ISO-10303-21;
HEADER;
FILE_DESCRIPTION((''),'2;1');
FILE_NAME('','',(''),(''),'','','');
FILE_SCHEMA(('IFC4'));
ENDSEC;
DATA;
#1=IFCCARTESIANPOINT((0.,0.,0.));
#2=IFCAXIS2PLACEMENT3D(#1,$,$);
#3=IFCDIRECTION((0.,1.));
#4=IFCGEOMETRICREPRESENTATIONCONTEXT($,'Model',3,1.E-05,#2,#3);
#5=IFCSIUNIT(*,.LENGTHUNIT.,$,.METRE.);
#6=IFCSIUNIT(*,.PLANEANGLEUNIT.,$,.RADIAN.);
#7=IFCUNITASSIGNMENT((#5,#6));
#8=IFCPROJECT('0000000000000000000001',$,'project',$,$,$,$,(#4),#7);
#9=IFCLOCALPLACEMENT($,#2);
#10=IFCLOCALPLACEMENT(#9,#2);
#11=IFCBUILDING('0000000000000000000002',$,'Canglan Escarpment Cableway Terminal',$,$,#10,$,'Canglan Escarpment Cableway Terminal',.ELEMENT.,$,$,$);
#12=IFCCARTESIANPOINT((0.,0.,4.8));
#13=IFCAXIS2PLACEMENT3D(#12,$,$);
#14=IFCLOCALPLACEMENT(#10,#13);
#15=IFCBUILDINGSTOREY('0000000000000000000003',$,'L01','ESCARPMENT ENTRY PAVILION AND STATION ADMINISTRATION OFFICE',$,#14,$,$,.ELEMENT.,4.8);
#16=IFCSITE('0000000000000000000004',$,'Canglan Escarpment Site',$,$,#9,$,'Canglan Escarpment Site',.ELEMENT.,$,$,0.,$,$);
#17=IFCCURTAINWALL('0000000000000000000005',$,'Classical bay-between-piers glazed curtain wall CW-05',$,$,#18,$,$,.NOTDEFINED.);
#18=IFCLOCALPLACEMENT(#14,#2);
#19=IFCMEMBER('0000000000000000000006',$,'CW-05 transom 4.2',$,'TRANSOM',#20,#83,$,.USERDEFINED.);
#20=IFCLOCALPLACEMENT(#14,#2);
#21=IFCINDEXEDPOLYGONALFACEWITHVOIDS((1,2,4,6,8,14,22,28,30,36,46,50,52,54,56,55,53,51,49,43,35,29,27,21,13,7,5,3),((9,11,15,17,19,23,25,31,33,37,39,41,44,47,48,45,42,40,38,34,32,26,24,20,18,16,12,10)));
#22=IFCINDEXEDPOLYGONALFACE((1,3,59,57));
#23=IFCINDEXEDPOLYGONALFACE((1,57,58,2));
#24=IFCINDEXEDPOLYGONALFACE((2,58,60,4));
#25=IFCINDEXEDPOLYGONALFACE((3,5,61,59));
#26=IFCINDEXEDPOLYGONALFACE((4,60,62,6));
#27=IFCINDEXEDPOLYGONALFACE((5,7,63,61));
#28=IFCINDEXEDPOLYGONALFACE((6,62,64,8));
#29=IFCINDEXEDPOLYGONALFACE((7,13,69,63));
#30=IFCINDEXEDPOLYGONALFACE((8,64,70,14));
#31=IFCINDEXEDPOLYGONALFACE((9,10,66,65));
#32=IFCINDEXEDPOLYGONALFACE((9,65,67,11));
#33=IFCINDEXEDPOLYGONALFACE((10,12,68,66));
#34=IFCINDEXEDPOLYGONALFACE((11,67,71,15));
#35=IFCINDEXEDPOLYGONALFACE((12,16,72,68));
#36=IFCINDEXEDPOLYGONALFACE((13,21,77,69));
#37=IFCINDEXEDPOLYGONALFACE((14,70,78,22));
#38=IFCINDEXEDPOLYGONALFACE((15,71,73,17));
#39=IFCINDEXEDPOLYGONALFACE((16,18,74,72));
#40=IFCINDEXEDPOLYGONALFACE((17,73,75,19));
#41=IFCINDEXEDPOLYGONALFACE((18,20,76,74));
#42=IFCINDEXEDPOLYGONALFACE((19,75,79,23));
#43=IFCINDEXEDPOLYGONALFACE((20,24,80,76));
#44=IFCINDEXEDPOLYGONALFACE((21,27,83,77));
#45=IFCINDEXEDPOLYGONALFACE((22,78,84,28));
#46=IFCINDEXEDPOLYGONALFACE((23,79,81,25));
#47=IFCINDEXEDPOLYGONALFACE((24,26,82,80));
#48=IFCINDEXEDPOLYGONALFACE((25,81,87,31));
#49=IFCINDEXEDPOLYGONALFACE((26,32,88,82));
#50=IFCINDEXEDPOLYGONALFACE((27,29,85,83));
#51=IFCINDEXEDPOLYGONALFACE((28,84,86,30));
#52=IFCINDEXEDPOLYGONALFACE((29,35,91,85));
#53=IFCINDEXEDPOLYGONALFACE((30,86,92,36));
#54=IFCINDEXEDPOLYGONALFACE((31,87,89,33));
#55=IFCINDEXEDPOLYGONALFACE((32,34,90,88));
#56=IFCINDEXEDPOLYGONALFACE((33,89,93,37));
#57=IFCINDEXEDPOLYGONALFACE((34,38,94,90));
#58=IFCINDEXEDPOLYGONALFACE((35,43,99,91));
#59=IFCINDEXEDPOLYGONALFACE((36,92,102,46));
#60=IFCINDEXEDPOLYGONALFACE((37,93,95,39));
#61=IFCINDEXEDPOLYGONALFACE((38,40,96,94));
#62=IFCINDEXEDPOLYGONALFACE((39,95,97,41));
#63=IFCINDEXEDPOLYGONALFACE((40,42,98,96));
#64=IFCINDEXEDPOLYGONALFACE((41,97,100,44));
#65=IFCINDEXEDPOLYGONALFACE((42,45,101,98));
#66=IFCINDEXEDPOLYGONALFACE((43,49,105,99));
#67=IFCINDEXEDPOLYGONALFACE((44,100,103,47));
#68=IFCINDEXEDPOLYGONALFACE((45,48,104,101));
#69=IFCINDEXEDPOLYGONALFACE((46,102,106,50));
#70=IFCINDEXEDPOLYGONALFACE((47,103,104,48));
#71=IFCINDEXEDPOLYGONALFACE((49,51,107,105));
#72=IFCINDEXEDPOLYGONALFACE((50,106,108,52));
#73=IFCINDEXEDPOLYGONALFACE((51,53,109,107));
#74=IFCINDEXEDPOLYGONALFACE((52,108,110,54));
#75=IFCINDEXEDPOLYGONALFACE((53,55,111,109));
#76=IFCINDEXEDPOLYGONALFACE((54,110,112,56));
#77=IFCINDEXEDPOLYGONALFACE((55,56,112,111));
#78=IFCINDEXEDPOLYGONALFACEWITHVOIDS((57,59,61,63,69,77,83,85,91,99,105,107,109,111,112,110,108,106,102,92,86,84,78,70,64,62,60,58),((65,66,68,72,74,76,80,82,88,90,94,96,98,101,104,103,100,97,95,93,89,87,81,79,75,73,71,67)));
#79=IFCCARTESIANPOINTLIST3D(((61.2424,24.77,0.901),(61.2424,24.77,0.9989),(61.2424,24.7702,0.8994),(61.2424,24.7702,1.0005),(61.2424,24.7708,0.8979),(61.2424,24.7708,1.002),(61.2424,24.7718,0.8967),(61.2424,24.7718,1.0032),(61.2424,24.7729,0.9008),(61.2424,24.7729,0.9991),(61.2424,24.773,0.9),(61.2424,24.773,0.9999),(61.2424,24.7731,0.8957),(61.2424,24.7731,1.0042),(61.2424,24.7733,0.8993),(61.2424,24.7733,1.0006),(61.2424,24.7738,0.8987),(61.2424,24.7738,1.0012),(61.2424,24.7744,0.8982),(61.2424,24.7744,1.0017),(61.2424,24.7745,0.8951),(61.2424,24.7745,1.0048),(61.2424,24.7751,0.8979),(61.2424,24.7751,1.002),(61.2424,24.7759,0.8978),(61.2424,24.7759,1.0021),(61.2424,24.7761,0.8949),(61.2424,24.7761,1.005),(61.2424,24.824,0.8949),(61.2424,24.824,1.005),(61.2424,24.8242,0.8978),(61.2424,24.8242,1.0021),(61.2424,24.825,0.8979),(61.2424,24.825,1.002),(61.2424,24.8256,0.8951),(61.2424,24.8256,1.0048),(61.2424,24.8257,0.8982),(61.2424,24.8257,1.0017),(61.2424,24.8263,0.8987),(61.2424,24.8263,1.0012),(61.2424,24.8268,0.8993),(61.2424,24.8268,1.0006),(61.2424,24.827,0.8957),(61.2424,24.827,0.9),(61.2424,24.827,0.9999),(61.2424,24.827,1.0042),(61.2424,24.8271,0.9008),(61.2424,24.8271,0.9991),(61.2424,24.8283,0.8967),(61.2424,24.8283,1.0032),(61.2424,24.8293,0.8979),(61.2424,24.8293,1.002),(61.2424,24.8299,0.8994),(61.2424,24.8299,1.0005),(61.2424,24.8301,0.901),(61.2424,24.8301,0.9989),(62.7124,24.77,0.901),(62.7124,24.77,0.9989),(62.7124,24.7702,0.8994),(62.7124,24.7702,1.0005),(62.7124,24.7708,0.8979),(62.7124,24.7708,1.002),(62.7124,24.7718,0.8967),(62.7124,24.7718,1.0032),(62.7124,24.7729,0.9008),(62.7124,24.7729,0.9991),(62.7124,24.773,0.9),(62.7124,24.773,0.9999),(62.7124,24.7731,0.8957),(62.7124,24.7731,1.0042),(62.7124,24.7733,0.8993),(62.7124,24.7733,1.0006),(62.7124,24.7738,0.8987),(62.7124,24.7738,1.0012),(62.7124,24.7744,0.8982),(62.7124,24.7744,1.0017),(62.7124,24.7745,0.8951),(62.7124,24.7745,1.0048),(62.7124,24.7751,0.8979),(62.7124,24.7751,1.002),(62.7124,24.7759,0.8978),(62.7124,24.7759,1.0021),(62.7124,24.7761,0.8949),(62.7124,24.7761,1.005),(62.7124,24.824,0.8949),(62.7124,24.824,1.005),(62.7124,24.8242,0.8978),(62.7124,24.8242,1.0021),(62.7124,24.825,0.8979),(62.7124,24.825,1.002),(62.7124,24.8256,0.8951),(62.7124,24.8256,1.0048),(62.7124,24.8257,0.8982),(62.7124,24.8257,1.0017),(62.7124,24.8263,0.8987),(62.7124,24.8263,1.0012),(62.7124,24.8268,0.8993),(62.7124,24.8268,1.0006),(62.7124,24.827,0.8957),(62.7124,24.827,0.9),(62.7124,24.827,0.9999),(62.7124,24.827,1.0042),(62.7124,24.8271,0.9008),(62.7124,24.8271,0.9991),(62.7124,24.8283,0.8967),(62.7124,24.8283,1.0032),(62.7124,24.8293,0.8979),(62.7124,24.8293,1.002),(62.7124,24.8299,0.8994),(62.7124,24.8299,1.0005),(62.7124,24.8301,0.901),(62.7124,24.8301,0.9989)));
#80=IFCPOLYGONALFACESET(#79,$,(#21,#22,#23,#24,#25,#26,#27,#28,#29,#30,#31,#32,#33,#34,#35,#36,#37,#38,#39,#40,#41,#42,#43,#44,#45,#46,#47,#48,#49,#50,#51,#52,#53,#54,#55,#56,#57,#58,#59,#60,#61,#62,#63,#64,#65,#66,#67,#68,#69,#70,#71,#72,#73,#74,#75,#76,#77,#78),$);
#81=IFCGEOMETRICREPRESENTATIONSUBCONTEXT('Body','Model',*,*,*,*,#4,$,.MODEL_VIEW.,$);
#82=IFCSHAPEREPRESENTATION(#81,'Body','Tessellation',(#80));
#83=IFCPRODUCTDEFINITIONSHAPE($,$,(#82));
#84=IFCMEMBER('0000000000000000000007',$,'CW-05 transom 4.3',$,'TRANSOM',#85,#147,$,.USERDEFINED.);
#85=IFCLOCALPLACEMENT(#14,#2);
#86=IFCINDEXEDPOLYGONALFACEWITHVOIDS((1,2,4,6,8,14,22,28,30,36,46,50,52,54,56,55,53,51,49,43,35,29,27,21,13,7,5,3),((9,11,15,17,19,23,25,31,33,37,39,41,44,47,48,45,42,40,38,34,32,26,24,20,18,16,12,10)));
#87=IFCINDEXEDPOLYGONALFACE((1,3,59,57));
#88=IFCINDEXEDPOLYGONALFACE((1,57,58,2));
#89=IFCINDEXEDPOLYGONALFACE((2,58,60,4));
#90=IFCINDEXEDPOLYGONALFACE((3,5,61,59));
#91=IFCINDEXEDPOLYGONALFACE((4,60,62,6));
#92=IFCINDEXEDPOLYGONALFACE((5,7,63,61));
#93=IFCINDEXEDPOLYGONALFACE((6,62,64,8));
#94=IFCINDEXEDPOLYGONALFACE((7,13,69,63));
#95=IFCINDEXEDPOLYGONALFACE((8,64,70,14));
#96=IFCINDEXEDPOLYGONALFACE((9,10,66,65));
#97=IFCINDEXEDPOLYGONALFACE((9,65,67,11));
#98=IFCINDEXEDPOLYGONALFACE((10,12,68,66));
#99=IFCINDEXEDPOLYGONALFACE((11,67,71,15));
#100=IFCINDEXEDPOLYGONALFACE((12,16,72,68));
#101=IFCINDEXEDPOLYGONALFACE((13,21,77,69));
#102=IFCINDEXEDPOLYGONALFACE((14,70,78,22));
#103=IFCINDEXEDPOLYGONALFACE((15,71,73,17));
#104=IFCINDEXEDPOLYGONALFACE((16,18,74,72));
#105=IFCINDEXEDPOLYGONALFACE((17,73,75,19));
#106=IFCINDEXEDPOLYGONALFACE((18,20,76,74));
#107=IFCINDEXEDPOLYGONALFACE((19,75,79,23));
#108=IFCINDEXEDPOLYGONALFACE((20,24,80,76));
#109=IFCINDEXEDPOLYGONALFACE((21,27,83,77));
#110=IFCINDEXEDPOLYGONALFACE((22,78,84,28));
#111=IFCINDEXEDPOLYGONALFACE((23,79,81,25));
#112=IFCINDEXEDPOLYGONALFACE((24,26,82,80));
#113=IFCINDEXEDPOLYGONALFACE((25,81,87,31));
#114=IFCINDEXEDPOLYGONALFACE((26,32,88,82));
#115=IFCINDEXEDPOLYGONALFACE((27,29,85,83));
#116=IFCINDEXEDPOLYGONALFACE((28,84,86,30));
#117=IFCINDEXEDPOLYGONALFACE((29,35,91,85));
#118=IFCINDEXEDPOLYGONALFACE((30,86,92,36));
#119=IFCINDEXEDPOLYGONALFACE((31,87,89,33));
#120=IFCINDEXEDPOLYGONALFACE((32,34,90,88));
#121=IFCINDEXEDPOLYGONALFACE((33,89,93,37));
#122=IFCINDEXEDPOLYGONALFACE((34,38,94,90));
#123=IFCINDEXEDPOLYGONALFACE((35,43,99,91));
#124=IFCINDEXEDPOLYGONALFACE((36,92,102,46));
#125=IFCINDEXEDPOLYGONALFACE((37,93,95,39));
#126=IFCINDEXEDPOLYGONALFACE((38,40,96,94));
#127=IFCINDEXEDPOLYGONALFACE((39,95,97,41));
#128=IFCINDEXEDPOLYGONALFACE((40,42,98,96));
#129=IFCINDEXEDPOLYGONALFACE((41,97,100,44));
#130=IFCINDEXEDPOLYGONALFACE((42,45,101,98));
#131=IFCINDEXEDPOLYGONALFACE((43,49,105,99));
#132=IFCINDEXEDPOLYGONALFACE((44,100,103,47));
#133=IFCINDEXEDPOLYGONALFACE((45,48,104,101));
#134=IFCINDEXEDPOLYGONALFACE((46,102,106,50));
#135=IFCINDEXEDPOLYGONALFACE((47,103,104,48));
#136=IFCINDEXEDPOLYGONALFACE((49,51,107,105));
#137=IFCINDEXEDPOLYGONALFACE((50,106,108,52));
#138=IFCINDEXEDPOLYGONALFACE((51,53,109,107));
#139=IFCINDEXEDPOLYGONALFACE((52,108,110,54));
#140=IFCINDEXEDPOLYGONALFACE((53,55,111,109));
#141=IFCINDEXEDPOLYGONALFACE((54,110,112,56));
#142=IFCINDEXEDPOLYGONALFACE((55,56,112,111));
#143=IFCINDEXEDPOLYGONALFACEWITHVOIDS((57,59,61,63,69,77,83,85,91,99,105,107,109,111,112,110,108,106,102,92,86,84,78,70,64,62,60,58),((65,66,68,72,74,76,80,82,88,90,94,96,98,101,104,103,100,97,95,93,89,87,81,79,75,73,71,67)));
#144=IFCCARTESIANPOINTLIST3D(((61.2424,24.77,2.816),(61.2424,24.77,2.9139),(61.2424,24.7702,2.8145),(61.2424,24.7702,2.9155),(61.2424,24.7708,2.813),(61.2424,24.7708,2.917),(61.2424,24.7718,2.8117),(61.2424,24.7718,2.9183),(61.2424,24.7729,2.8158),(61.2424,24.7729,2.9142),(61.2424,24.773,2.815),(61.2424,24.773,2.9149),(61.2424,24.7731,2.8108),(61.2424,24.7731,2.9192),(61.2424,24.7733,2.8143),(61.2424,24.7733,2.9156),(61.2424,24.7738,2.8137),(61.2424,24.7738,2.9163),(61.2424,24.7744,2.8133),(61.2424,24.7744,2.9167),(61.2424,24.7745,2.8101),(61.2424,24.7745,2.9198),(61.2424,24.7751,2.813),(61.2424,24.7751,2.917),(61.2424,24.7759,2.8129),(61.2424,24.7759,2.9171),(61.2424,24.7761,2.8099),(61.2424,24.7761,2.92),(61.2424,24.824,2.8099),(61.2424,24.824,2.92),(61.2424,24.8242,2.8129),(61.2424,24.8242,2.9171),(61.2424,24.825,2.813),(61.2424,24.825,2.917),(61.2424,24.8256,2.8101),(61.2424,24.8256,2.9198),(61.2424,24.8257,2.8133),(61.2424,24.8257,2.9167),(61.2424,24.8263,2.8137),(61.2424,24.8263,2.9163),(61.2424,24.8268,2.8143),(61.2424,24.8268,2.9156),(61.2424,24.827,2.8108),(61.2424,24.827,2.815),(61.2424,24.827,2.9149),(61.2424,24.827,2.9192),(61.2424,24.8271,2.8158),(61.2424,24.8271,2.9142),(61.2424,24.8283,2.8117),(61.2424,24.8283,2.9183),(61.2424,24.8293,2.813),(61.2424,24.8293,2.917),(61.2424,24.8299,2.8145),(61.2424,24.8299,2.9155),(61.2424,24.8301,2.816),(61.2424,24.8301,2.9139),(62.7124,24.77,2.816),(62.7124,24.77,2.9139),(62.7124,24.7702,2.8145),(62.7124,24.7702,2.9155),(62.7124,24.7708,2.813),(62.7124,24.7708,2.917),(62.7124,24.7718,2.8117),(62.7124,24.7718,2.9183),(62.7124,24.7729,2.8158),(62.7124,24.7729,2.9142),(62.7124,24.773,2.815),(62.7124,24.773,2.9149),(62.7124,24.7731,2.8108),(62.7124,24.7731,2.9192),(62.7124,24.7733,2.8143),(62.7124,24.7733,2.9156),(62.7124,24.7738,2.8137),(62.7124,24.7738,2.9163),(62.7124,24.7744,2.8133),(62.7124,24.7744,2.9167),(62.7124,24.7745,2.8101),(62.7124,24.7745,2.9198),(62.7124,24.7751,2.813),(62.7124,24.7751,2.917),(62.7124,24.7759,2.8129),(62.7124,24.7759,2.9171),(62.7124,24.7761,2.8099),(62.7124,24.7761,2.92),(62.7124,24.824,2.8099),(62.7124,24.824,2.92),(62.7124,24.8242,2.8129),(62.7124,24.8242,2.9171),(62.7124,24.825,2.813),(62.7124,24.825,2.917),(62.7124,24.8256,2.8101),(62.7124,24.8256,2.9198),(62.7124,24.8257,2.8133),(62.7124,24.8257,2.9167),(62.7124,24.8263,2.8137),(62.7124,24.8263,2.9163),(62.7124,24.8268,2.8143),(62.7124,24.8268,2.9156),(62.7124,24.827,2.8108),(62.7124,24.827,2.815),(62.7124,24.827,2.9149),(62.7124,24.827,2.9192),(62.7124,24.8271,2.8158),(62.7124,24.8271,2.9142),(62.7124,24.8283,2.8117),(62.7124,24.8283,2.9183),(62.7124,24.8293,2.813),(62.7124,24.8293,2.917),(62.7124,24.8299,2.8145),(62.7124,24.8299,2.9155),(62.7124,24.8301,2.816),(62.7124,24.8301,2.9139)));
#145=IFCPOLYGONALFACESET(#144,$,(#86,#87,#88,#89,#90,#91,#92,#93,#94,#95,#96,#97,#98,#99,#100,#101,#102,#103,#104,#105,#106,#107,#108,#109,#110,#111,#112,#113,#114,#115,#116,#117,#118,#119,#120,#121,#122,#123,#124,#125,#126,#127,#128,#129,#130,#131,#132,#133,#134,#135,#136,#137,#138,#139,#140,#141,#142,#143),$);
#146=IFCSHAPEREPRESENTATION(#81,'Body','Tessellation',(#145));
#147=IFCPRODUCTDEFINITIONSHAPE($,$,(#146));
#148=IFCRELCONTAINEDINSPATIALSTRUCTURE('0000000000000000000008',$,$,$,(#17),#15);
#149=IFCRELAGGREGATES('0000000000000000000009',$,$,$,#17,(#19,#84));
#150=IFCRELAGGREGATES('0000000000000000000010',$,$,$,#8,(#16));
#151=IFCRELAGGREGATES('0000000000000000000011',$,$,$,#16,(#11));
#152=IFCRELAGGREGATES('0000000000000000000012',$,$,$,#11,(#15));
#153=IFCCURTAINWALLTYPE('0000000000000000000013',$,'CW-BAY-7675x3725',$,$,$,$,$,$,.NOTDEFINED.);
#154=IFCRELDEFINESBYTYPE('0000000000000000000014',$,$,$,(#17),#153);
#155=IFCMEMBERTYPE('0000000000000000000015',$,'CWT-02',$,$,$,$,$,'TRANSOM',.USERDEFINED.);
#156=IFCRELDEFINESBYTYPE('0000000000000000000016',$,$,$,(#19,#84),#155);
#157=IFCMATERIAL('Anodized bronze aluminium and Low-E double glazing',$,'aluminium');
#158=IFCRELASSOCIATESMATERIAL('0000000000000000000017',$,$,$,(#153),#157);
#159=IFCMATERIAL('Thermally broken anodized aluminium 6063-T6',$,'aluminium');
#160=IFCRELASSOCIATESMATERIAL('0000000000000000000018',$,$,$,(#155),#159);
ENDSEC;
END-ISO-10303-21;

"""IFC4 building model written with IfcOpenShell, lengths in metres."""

from ifc_helpers import new_model, si_unit, direction, frame, origin, origin_2d, place, context, subcontext, project, spatial, hollow_rectangle, extrude, material, material_profile, profile_set, type_object, element, aggregate, save


model = new_model("IFC4")

# Units and contexts
model_context = context("Model", 3, precision=1e-05, world=origin(), true_north=direction((0.0, 1.0)))
body_context = subcontext(model_context, "Body", "Model", "MODEL_VIEW")
ifc_project = project(units=[si_unit("LENGTHUNIT", "METRE"), si_unit("PLANEANGLEUNIT", "RADIAN")], contexts=[model_context])

# Site, building, storey
site_placement = place(None, origin())
site = spatial("IfcSite", under=ifc_project, at=site_placement, Name="Canglan Escarpment Site", LongName="Canglan Escarpment Site", CompositionType="ELEMENT", RefElevation=0.0)
building_placement = place(site_placement, origin())
building = spatial("IfcBuilding", under=site, at=building_placement, Name="Canglan Escarpment Cableway Terminal", LongName="Canglan Escarpment Cableway Terminal", CompositionType="ELEMENT")
storey_placement = place(building_placement, frame((0.0, 0.0, 4.8)))
storey = spatial("IfcBuildingStorey", under=building, at=storey_placement, Name="L01", Description="ESCARPMENT ENTRY PAVILION AND STATION ADMINISTRATION OFFICE", CompositionType="ELEMENT", Elevation=4.8)

# Curtain wall, members
ifc_material_1 = material(Name="Anodized bronze aluminium and Low-E double glazing", Category="aluminium")
curtain_wall_type = type_object("IfcCurtainWallType", Name="CW-BAY-7675x3725", PredefinedType="NOTDEFINED", material=ifc_material_1)
curtain_wall_placement = place(storey_placement, origin())
curtain_wall = element("IfcCurtainWall", 1, at=curtain_wall_placement, inside=storey, type_object=curtain_wall_type, Name="Classical bay-between-piers glazed curtain wall CW-05", PredefinedType="NOTDEFINED")
ifc_material_2 = material(Name="Thermally broken anodized aluminium 6063-T6", Category="aluminium")
ifc_material_profile_1 = material_profile(ifc_material_2, hollow_rectangle(XDim=0.0601, YDim=0.1101, WallThickness=0.0029, InnerFilletRadius=0.0029, OuterFilletRadius=0.0061, at=origin_2d()), Name="ALU-TRAN 60x110x3")
ifc_profile_set_1 = profile_set([ifc_material_profile_1], Name="Thermally broken anodized aluminium 6063-T6")
member_type_1 = type_object("IfcMemberType", Name="CWT-02", ElementType="TRANSOM", PredefinedType="USERDEFINED", material=ifc_profile_set_1)
member_1_placement = place(storey_placement, frame((62.7124, 24.8, 0.95), z_axis=(-1.0, 0.0, 0.0), x_axis=(0.0, -1.0, 0.0)))
member_1 = element("IfcMember", 2, at=member_1_placement, type_object=member_type_1, Name="CW-05 transom 4.2", ObjectType="TRANSOM", PredefinedType="USERDEFINED", context=body_context, shape_type="SweptSolid", body=[
    extrude(hollow_rectangle(XDim=0.0601, YDim=0.1101, WallThickness=0.0029, InnerFilletRadius=0.0029, OuterFilletRadius=0.0061, at=origin_2d()), origin(), (0.0, 0.0, 1.0), 1.47),
])
member_2_placement = place(storey_placement, frame((62.7124, 24.8, 2.865), z_axis=(-1.0, 0.0, 0.0), x_axis=(0.0, -1.0, 0.0)))
member_2 = element("IfcMember", 3, at=member_2_placement, type_object=member_type_1, Name="CW-05 transom 4.3", ObjectType="TRANSOM", PredefinedType="USERDEFINED", context=body_context, shape_type="SweptSolid", body=[
    extrude(hollow_rectangle(XDim=0.0601, YDim=0.1101, WallThickness=0.0029, InnerFilletRadius=0.0029, OuterFilletRadius=0.0061, at=origin_2d()), origin(), (0.0, 0.0, 1.0), 1.47),
])
aggregate(curtain_wall, [member_1, member_2])

save(model, "model.ifc")
